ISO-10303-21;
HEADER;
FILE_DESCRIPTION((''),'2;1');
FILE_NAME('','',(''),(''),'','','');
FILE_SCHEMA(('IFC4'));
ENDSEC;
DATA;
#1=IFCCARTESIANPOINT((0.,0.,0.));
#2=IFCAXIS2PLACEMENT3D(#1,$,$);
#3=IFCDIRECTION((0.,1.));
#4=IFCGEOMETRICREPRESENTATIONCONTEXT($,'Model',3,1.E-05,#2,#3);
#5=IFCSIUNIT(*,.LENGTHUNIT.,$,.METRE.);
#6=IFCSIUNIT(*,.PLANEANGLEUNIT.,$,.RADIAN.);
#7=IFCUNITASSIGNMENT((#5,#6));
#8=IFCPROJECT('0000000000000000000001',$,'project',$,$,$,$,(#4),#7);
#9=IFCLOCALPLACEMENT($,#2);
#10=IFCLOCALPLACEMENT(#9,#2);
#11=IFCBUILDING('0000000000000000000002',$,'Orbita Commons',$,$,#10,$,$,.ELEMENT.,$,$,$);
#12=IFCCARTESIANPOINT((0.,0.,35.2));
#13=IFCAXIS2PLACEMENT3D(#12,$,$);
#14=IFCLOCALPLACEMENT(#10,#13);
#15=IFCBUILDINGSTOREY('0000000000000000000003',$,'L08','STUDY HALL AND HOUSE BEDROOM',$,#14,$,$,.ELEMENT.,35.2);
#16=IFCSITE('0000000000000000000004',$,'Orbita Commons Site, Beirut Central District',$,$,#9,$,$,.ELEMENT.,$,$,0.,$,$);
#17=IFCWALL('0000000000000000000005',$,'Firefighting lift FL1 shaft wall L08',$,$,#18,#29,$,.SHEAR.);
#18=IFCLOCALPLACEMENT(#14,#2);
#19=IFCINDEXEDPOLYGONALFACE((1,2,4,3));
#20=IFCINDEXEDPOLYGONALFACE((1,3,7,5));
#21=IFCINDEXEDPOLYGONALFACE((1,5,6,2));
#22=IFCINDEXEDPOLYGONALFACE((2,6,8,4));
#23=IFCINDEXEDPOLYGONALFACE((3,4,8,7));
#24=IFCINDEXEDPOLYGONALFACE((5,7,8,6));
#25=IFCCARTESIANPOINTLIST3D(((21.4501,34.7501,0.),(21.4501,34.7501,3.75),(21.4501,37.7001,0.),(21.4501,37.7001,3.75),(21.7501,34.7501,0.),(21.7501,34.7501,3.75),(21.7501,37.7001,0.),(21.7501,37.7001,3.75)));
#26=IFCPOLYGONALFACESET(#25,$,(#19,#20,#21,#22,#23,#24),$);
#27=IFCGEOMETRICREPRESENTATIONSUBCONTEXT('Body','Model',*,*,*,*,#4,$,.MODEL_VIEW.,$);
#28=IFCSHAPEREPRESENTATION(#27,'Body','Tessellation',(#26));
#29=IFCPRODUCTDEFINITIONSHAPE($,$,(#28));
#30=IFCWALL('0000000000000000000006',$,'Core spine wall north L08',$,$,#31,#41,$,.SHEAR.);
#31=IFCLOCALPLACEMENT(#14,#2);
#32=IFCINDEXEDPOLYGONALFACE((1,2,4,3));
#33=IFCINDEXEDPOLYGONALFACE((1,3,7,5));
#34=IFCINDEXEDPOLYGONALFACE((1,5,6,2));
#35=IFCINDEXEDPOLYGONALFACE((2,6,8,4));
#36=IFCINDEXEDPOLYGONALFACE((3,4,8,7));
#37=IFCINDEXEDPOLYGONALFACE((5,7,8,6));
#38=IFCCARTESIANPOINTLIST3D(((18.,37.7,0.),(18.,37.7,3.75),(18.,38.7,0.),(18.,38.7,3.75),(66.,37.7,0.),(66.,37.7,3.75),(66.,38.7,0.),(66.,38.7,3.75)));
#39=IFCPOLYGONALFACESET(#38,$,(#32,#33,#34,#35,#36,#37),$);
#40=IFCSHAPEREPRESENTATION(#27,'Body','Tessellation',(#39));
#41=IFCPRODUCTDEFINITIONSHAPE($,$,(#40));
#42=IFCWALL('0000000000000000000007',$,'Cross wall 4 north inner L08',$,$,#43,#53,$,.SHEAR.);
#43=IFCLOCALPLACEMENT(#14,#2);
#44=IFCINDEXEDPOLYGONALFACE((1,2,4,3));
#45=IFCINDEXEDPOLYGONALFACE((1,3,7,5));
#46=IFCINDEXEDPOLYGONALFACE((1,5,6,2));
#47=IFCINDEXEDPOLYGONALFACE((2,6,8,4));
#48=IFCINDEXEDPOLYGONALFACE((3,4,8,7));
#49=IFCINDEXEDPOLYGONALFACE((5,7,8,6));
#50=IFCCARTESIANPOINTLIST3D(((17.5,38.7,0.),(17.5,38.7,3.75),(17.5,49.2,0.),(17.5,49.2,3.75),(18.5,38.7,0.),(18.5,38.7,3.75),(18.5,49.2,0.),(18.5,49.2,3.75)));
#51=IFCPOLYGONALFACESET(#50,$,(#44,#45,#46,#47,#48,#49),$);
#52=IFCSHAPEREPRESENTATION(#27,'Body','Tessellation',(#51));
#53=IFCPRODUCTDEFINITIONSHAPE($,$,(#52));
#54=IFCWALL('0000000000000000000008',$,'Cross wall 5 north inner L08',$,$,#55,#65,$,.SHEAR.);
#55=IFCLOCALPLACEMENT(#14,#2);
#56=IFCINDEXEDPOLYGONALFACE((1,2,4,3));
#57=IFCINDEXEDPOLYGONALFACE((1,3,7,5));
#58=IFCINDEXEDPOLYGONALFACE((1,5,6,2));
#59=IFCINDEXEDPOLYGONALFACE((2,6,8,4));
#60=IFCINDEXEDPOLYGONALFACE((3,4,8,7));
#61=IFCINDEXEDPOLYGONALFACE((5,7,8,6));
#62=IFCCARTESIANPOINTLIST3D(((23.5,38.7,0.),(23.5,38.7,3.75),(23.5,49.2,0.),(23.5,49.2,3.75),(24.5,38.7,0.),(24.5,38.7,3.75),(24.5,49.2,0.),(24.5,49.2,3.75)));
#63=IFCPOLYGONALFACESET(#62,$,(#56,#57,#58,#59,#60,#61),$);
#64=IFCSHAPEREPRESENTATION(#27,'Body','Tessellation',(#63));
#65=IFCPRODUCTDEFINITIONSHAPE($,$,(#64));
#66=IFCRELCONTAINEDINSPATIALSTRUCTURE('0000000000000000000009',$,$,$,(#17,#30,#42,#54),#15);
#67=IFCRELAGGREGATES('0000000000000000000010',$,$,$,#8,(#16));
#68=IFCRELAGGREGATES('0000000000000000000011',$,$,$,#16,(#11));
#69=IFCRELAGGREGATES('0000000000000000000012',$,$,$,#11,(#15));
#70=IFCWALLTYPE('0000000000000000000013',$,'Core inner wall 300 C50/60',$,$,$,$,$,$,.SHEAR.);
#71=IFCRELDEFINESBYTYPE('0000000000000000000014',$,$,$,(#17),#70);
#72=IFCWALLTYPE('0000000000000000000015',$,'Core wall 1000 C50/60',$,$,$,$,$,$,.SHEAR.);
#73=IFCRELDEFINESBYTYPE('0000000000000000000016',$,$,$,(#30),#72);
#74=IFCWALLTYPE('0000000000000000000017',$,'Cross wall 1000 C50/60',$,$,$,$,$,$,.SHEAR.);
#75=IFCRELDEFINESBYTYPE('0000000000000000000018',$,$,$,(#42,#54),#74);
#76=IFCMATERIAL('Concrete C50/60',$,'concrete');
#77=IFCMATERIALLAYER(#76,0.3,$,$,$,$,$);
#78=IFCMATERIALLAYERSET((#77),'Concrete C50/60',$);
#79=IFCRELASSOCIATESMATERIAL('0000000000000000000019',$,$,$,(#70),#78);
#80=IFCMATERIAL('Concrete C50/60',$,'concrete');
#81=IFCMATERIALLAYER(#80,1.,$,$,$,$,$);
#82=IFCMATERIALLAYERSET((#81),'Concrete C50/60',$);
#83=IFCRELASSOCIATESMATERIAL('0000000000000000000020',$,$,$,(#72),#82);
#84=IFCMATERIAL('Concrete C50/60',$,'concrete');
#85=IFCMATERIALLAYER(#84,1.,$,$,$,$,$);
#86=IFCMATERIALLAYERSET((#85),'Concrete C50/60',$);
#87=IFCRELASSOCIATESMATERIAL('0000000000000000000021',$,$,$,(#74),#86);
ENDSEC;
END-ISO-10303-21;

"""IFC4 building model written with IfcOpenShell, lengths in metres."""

from ifc_helpers import new_model, si_unit, direction, frame, frame_2d, origin, place, context, subcontext, project, spatial, rectangle, extrude, material, layer, layer_set, type_object, element, save


model = new_model("IFC4")

# Units and contexts
model_context = context("Model", 3, precision=1e-05, world=origin(), true_north=direction((0.0, 1.0)))
body_context = subcontext(model_context, "Body", "Model", "MODEL_VIEW")
ifc_project = project(units=[si_unit("LENGTHUNIT", "METRE"), si_unit("PLANEANGLEUNIT", "RADIAN")], contexts=[model_context])

# Site, building, storey
site_placement = place(None, origin())
site = spatial("IfcSite", under=ifc_project, at=site_placement, Name="Orbita Commons Site, Beirut Central District", CompositionType="ELEMENT", RefElevation=0.0)
building_placement = place(site_placement, origin())
building = spatial("IfcBuilding", under=site, at=building_placement, Name="Orbita Commons", CompositionType="ELEMENT")
storey_placement = place(building_placement, frame((0.0, 0.0, 35.2)))
storey = spatial("IfcBuildingStorey", under=building, at=storey_placement, Name="L08", Description="STUDY HALL AND HOUSE BEDROOM", CompositionType="ELEMENT", Elevation=35.2)

# Walls
ifc_material_1 = material(Name="Concrete C50/60", Category="concrete")
ifc_layer_1 = layer(ifc_material_1, 0.3)
ifc_layer_set_1 = layer_set([ifc_layer_1], Name="Concrete C50/60")
wall_type_1 = type_object("IfcWallType", Name="Core inner wall 300 C50/60", PredefinedType="SHEAR", material=ifc_layer_set_1)
wall_1_placement = place(storey_placement, frame((21.6001, 34.75, 0.0), z_axis=(0.0, 0.0, 1.0), x_axis=(0.0, 1.0, 0.0)))
element("IfcWall", 1, at=wall_1_placement, inside=storey, type_object=wall_type_1, Name="Firefighting lift FL1 shaft wall L08", PredefinedType="SHEAR", context=body_context, shape_type="SweptSolid", body=[
    extrude(rectangle(XDim=2.95, YDim=0.3, at=frame_2d((1.4751, 0.0))), origin(), (0.0, 0.0, 1.0), 3.75),
])
ifc_material_2 = material(Name="Concrete C50/60", Category="concrete")
ifc_layer_2 = layer(ifc_material_2, 1.0)
ifc_layer_set_2 = layer_set([ifc_layer_2], Name="Concrete C50/60")
wall_type_2 = type_object("IfcWallType", Name="Core wall 1000 C50/60", PredefinedType="SHEAR", material=ifc_layer_set_2)
wall_2_placement = place(storey_placement, frame((18.0, 38.2, 0.0), z_axis=(0.0, 0.0, 1.0), x_axis=(1.0, 0.0, 0.0)))
element("IfcWall", 2, at=wall_2_placement, inside=storey, type_object=wall_type_2, Name="Core spine wall north L08", PredefinedType="SHEAR", context=body_context, shape_type="SweptSolid", body=[
    extrude(rectangle(XDim=48.0, YDim=1.0, at=frame_2d((24.0, 0.0))), origin(), (0.0, 0.0, 1.0), 3.75),
])
ifc_material_3 = material(Name="Concrete C50/60", Category="concrete")
ifc_layer_3 = layer(ifc_material_3, 1.0)
ifc_layer_set_3 = layer_set([ifc_layer_3], Name="Concrete C50/60")
wall_type_3 = type_object("IfcWallType", Name="Cross wall 1000 C50/60", PredefinedType="SHEAR", material=ifc_layer_set_3)
for number, where, z_axis, x_axis, name in (
    (3, (18.0, 38.7, 0.0), (0.0, 0.0, 1.0), (0.0, 1.0, 0.0), "Cross wall 4 north inner L08"),
    (4, (24.0, 38.7, 0.0), (0.0, 0.0, 1.0), (0.0, 1.0, 0.0), "Cross wall 5 north inner L08"),
):
    element("IfcWall", number, at=place(storey_placement, frame(where, z_axis=z_axis, x_axis=x_axis)), inside=storey, type_object=wall_type_3, Name=name, PredefinedType="SHEAR", context=body_context, shape_type="SweptSolid", body=[
        extrude(rectangle(XDim=10.5, YDim=1.0, at=frame_2d((5.25, 0.0))), origin(), (0.0, 0.0, 1.0), 3.75),
    ])

save(model, "model.ifc")
